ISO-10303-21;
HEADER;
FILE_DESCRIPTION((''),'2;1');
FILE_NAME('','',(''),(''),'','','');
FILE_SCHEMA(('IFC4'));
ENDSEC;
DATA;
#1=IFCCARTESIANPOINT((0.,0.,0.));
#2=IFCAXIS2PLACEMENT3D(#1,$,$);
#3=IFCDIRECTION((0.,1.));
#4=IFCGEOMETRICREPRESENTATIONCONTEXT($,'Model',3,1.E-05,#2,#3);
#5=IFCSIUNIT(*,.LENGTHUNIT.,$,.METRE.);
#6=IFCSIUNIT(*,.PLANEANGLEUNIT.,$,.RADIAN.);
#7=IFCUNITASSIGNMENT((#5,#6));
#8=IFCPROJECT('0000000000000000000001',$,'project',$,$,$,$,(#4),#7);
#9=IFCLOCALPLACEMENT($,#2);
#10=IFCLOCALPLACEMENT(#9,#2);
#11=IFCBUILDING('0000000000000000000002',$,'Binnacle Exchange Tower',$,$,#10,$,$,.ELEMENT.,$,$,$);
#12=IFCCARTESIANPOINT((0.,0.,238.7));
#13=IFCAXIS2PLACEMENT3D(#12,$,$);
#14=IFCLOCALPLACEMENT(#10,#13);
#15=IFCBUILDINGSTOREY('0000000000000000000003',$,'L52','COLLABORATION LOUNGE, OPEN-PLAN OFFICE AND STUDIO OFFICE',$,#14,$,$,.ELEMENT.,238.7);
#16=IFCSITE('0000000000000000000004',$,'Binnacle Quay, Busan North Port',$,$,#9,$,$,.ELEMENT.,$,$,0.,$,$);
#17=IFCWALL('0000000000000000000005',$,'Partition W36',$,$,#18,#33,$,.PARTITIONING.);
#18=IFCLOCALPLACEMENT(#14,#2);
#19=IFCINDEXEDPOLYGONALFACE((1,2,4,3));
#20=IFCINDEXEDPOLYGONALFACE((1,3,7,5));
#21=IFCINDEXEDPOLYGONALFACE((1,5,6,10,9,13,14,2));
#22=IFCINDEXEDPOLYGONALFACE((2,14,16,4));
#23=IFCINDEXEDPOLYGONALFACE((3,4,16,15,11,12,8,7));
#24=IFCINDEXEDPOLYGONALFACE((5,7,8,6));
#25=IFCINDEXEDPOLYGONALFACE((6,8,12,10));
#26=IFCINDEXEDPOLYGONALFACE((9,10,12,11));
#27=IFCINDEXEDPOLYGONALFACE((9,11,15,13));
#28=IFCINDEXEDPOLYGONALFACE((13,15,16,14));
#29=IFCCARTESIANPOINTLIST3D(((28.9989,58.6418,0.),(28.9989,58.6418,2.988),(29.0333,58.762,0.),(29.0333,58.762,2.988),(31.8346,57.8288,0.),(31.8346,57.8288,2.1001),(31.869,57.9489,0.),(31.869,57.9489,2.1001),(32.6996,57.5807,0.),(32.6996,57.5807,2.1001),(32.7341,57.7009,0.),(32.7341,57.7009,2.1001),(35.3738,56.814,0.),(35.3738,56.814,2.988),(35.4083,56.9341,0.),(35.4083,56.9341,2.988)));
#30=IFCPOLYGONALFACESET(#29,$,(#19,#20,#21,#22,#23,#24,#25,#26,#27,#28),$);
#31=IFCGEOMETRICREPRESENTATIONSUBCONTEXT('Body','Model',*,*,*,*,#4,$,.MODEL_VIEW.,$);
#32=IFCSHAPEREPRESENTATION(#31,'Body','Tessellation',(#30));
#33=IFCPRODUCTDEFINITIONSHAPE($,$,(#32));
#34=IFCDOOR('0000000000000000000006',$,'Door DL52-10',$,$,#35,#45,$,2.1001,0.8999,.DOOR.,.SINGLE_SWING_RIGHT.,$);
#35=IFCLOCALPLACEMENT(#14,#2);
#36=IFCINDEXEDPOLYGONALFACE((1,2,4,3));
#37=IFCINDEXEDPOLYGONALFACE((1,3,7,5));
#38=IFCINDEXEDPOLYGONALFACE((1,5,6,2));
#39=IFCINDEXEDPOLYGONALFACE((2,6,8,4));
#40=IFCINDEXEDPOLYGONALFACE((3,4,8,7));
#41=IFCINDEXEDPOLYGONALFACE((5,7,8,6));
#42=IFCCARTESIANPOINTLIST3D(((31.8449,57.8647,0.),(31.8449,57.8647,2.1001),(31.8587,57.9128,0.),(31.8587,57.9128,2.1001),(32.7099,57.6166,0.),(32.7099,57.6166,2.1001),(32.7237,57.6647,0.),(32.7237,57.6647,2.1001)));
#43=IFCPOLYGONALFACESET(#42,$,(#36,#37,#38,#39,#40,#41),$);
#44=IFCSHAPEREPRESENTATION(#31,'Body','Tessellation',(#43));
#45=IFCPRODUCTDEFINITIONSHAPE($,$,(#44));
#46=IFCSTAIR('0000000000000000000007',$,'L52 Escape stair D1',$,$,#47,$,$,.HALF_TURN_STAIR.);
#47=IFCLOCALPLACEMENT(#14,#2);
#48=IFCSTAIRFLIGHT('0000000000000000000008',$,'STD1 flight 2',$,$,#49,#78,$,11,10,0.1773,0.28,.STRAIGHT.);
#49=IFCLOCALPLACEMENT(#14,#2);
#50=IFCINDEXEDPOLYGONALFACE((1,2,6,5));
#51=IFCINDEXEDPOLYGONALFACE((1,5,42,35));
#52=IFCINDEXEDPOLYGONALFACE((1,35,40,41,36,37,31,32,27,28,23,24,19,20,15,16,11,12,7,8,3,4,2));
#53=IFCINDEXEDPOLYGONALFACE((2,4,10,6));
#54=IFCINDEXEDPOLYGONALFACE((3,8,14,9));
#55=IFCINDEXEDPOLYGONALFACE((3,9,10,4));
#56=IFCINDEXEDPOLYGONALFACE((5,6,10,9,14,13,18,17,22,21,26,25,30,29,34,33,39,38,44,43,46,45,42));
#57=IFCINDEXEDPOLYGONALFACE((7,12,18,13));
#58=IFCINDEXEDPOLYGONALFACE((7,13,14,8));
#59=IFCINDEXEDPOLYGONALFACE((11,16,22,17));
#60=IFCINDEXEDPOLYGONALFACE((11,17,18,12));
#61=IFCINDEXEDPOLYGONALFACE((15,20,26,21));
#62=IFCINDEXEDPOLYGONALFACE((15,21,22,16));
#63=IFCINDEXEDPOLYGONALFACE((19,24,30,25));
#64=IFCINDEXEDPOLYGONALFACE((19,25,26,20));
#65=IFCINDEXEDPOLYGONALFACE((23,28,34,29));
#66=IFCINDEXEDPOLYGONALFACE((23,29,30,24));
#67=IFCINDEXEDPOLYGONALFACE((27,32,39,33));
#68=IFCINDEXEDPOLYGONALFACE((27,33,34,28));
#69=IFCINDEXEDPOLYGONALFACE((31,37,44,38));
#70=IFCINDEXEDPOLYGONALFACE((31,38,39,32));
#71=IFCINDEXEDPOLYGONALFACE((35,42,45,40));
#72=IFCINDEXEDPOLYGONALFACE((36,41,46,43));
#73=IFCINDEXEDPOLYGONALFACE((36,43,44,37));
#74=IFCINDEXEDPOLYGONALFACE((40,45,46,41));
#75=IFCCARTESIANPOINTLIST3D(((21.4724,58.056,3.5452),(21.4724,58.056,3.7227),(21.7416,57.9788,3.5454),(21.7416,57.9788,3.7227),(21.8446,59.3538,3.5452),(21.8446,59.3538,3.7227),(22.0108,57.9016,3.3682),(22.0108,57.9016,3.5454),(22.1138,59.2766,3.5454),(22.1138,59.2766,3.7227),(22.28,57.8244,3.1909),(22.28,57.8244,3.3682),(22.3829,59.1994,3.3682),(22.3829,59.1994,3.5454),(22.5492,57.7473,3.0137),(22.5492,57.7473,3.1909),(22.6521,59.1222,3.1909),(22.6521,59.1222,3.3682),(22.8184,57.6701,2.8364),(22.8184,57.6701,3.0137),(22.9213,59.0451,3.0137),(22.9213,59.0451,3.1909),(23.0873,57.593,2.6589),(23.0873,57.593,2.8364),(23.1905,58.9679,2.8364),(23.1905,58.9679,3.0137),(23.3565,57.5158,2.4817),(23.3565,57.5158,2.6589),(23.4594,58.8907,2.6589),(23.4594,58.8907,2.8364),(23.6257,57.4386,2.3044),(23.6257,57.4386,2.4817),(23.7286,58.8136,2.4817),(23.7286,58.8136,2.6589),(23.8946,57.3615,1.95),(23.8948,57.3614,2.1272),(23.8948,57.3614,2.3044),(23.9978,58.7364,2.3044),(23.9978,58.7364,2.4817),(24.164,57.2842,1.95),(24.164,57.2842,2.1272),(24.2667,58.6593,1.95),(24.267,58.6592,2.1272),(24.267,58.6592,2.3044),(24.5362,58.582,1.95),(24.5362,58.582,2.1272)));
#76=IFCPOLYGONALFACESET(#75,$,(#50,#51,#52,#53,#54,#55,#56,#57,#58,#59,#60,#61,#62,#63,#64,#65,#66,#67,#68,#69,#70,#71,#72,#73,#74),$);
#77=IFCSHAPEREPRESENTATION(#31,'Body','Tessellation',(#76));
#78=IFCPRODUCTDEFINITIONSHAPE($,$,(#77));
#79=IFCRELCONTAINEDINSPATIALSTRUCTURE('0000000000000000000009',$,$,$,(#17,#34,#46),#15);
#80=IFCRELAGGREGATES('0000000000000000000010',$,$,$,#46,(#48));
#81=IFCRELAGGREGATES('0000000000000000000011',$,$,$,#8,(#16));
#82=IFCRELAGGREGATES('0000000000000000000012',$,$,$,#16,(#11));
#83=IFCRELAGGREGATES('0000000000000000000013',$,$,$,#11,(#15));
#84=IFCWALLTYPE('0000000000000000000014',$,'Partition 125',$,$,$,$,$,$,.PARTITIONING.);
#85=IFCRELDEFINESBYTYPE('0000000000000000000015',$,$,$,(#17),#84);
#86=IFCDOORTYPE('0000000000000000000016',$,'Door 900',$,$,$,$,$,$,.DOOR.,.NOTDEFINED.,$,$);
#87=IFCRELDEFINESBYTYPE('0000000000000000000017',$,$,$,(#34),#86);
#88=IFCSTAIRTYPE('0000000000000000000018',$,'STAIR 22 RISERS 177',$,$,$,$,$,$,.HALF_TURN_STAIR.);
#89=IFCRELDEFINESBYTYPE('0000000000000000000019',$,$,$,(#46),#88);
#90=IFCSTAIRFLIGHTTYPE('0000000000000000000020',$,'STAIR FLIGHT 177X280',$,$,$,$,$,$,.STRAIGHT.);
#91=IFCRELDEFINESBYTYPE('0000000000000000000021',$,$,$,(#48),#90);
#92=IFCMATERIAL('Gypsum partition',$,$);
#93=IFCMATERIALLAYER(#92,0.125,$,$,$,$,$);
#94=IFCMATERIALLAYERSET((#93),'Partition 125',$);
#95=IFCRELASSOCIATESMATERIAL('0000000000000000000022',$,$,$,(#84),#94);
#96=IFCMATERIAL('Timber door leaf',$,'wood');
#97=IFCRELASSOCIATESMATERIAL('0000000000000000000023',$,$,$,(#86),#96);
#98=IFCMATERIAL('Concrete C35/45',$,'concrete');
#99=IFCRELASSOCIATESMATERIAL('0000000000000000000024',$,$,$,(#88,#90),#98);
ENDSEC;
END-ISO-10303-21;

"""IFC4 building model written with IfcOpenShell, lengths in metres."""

from ifc_helpers import new_model, si_unit, direction, frame, frame_2d, origin, place, context, subcontext, project, spatial, polyline, rectangle, outline, extrude, material, layer, layer_set, type_object, element, fill, aggregate, save


model = new_model("IFC4")

# Units and contexts
model_context = context("Model", 3, precision=1e-05, world=origin(), true_north=direction((0.0, 1.0)))
body_context = subcontext(model_context, "Body", "Model", "MODEL_VIEW")
ifc_project = project(units=[si_unit("LENGTHUNIT", "METRE"), si_unit("PLANEANGLEUNIT", "RADIAN")], contexts=[model_context])

# Site, building, storey
site_placement = place(None, origin())
site = spatial("IfcSite", under=ifc_project, at=site_placement, Name="Binnacle Quay, Busan North Port", CompositionType="ELEMENT", RefElevation=0.0)
building_placement = place(site_placement, origin())
building = spatial("IfcBuilding", under=site, at=building_placement, Name="Binnacle Exchange Tower", CompositionType="ELEMENT")
storey_placement = place(building_placement, frame((0.0, 0.0, 238.7)))
storey = spatial("IfcBuildingStorey", under=building, at=storey_placement, Name="L52", Description="COLLABORATION LOUNGE, OPEN-PLAN OFFICE AND STUDIO OFFICE", CompositionType="ELEMENT", Elevation=238.7)

# Shared definitions
ifc_material_1 = material(Name="Gypsum partition")
ifc_layer_1 = layer(ifc_material_1, 0.125)
ifc_layer_set_1 = layer_set([ifc_layer_1], Name="Partition 125")
wall_type_1 = type_object("IfcWallType", Name="Partition 125", PredefinedType="PARTITIONING", material=ifc_layer_set_1)

# Wall, opening, door
wall_1_placement = place(storey_placement, frame((29.0161, 58.7019, 0.0), z_axis=(0.0, 0.0, 1.0), x_axis=(0.961267, -0.275621, 0.0)))
wall_1 = element("IfcWall", 1, at=wall_1_placement, inside=storey, type_object=wall_type_1, Name="Partition W36", PredefinedType="PARTITIONING", context=body_context, shape_type="SweptSolid", body=[
    extrude(rectangle(XDim=6.6318, YDim=0.125, at=frame_2d((3.3159, 0.0))), origin(), (0.0, 0.0, 1.0), 2.988),
])
opening_1_placement = place(wall_1_placement, frame((2.95, 0.0, 0.0)))
opening_1 = element("IfcOpeningElement", 2, at=opening_1_placement, cuts=wall_1, PredefinedType="OPENING", context=body_context, shape_type="SweptSolid", body=[
    extrude(rectangle(XDim=0.8999, YDim=2.1001, at=frame_2d((0.45, 1.05))), frame((0.0, 0.0725, 0.0), z_axis=(0.0, -1.0, 0.0), x_axis=(1.0, 0.0, 0.0)), (0.0, 0.0, 1.0), 0.145),
])
ifc_material_2 = material(Name="Timber door leaf", Category="wood")
door_type = type_object("IfcDoorType", Name="Door 900", OperationType="NOTDEFINED", PredefinedType="DOOR", material=ifc_material_2)
door_placement = place(opening_1_placement, origin())
door = element("IfcDoor", 3, at=door_placement, inside=storey, type_object=door_type, Name="Door DL52-10", OperationType="SINGLE_SWING_RIGHT", OverallHeight=2.1001, OverallWidth=0.8999, PredefinedType="DOOR", context=body_context, shape_type="SweptSolid", body=[
    extrude(rectangle(XDim=0.8999, YDim=2.1001, at=frame_2d((0.45, 1.05))), frame((0.0, 0.0249, 0.0), z_axis=(0.0, -1.0, 0.0), x_axis=(1.0, 0.0, 0.0)), (0.0, 0.0, 1.0), 0.05),
])
fill(opening_1, door)

# Stair, stair flight
ifc_material_3 = material(Name="Concrete C35/45", Category="concrete")
stair_type = type_object("IfcStairType", Name="STAIR 22 RISERS 177", PredefinedType="HALF_TURN_STAIR", material=ifc_material_3)
stair_placement = place(storey_placement, origin())
stair = element("IfcStair", 4, at=stair_placement, inside=storey, type_object=stair_type, Name="L52 Escape stair D1", PredefinedType="HALF_TURN_STAIR")
stair_flight_type = type_object("IfcStairFlightType", Name="STAIR FLIGHT 177X280", PredefinedType="STRAIGHT", material=ifc_material_3)
stair_flight_placement = place(storey_placement, frame((24.3501, 57.9331, 1.95), z_axis=(0.0, 0.0, 1.0), x_axis=(-0.961262, 0.275637, 0.0)))
stair_flight = element("IfcStairFlight", 5, at=stair_flight_placement, type_object=stair_flight_type, Name="STD1 flight 2", NumberOfRisers=11, NumberOfTreads=10, PredefinedType="STRAIGHT", RiserHeight=0.1773, TreadLength=0.28, context=body_context, shape_type="SweptSolid", body=[
    extrude(outline(polyline([(0.0, 0.0), (0.0, 0.1772), (0.28, 0.1772), (0.28, 0.3545), (0.5601, 0.3545), (0.5601, 0.5317), (0.8401, 0.5317), (0.8401, 0.709), (1.1201, 0.709), (1.1201, 0.8865), (1.3999, 0.8865), (1.3999, 1.0637), (1.6799, 1.0637), (1.6799, 1.241), (1.96, 1.241), (1.96, 1.4182), (2.24, 1.4182), (2.24, 1.5955), (2.52, 1.5955), (2.52, 1.7727), (2.8, 1.7727), (2.8, 1.95), (2.8, 1.5952), (0.2803, 0.0), (0.0, 0.0)])), frame((0.0, 0.675, 0.0), z_axis=(0.0, -1.0, 0.0), x_axis=(1.0, 0.0, 0.0)), (0.0, 0.0, 1.0), 1.3501),
])
aggregate(stair, [stair_flight])

save(model, "model.ifc")
